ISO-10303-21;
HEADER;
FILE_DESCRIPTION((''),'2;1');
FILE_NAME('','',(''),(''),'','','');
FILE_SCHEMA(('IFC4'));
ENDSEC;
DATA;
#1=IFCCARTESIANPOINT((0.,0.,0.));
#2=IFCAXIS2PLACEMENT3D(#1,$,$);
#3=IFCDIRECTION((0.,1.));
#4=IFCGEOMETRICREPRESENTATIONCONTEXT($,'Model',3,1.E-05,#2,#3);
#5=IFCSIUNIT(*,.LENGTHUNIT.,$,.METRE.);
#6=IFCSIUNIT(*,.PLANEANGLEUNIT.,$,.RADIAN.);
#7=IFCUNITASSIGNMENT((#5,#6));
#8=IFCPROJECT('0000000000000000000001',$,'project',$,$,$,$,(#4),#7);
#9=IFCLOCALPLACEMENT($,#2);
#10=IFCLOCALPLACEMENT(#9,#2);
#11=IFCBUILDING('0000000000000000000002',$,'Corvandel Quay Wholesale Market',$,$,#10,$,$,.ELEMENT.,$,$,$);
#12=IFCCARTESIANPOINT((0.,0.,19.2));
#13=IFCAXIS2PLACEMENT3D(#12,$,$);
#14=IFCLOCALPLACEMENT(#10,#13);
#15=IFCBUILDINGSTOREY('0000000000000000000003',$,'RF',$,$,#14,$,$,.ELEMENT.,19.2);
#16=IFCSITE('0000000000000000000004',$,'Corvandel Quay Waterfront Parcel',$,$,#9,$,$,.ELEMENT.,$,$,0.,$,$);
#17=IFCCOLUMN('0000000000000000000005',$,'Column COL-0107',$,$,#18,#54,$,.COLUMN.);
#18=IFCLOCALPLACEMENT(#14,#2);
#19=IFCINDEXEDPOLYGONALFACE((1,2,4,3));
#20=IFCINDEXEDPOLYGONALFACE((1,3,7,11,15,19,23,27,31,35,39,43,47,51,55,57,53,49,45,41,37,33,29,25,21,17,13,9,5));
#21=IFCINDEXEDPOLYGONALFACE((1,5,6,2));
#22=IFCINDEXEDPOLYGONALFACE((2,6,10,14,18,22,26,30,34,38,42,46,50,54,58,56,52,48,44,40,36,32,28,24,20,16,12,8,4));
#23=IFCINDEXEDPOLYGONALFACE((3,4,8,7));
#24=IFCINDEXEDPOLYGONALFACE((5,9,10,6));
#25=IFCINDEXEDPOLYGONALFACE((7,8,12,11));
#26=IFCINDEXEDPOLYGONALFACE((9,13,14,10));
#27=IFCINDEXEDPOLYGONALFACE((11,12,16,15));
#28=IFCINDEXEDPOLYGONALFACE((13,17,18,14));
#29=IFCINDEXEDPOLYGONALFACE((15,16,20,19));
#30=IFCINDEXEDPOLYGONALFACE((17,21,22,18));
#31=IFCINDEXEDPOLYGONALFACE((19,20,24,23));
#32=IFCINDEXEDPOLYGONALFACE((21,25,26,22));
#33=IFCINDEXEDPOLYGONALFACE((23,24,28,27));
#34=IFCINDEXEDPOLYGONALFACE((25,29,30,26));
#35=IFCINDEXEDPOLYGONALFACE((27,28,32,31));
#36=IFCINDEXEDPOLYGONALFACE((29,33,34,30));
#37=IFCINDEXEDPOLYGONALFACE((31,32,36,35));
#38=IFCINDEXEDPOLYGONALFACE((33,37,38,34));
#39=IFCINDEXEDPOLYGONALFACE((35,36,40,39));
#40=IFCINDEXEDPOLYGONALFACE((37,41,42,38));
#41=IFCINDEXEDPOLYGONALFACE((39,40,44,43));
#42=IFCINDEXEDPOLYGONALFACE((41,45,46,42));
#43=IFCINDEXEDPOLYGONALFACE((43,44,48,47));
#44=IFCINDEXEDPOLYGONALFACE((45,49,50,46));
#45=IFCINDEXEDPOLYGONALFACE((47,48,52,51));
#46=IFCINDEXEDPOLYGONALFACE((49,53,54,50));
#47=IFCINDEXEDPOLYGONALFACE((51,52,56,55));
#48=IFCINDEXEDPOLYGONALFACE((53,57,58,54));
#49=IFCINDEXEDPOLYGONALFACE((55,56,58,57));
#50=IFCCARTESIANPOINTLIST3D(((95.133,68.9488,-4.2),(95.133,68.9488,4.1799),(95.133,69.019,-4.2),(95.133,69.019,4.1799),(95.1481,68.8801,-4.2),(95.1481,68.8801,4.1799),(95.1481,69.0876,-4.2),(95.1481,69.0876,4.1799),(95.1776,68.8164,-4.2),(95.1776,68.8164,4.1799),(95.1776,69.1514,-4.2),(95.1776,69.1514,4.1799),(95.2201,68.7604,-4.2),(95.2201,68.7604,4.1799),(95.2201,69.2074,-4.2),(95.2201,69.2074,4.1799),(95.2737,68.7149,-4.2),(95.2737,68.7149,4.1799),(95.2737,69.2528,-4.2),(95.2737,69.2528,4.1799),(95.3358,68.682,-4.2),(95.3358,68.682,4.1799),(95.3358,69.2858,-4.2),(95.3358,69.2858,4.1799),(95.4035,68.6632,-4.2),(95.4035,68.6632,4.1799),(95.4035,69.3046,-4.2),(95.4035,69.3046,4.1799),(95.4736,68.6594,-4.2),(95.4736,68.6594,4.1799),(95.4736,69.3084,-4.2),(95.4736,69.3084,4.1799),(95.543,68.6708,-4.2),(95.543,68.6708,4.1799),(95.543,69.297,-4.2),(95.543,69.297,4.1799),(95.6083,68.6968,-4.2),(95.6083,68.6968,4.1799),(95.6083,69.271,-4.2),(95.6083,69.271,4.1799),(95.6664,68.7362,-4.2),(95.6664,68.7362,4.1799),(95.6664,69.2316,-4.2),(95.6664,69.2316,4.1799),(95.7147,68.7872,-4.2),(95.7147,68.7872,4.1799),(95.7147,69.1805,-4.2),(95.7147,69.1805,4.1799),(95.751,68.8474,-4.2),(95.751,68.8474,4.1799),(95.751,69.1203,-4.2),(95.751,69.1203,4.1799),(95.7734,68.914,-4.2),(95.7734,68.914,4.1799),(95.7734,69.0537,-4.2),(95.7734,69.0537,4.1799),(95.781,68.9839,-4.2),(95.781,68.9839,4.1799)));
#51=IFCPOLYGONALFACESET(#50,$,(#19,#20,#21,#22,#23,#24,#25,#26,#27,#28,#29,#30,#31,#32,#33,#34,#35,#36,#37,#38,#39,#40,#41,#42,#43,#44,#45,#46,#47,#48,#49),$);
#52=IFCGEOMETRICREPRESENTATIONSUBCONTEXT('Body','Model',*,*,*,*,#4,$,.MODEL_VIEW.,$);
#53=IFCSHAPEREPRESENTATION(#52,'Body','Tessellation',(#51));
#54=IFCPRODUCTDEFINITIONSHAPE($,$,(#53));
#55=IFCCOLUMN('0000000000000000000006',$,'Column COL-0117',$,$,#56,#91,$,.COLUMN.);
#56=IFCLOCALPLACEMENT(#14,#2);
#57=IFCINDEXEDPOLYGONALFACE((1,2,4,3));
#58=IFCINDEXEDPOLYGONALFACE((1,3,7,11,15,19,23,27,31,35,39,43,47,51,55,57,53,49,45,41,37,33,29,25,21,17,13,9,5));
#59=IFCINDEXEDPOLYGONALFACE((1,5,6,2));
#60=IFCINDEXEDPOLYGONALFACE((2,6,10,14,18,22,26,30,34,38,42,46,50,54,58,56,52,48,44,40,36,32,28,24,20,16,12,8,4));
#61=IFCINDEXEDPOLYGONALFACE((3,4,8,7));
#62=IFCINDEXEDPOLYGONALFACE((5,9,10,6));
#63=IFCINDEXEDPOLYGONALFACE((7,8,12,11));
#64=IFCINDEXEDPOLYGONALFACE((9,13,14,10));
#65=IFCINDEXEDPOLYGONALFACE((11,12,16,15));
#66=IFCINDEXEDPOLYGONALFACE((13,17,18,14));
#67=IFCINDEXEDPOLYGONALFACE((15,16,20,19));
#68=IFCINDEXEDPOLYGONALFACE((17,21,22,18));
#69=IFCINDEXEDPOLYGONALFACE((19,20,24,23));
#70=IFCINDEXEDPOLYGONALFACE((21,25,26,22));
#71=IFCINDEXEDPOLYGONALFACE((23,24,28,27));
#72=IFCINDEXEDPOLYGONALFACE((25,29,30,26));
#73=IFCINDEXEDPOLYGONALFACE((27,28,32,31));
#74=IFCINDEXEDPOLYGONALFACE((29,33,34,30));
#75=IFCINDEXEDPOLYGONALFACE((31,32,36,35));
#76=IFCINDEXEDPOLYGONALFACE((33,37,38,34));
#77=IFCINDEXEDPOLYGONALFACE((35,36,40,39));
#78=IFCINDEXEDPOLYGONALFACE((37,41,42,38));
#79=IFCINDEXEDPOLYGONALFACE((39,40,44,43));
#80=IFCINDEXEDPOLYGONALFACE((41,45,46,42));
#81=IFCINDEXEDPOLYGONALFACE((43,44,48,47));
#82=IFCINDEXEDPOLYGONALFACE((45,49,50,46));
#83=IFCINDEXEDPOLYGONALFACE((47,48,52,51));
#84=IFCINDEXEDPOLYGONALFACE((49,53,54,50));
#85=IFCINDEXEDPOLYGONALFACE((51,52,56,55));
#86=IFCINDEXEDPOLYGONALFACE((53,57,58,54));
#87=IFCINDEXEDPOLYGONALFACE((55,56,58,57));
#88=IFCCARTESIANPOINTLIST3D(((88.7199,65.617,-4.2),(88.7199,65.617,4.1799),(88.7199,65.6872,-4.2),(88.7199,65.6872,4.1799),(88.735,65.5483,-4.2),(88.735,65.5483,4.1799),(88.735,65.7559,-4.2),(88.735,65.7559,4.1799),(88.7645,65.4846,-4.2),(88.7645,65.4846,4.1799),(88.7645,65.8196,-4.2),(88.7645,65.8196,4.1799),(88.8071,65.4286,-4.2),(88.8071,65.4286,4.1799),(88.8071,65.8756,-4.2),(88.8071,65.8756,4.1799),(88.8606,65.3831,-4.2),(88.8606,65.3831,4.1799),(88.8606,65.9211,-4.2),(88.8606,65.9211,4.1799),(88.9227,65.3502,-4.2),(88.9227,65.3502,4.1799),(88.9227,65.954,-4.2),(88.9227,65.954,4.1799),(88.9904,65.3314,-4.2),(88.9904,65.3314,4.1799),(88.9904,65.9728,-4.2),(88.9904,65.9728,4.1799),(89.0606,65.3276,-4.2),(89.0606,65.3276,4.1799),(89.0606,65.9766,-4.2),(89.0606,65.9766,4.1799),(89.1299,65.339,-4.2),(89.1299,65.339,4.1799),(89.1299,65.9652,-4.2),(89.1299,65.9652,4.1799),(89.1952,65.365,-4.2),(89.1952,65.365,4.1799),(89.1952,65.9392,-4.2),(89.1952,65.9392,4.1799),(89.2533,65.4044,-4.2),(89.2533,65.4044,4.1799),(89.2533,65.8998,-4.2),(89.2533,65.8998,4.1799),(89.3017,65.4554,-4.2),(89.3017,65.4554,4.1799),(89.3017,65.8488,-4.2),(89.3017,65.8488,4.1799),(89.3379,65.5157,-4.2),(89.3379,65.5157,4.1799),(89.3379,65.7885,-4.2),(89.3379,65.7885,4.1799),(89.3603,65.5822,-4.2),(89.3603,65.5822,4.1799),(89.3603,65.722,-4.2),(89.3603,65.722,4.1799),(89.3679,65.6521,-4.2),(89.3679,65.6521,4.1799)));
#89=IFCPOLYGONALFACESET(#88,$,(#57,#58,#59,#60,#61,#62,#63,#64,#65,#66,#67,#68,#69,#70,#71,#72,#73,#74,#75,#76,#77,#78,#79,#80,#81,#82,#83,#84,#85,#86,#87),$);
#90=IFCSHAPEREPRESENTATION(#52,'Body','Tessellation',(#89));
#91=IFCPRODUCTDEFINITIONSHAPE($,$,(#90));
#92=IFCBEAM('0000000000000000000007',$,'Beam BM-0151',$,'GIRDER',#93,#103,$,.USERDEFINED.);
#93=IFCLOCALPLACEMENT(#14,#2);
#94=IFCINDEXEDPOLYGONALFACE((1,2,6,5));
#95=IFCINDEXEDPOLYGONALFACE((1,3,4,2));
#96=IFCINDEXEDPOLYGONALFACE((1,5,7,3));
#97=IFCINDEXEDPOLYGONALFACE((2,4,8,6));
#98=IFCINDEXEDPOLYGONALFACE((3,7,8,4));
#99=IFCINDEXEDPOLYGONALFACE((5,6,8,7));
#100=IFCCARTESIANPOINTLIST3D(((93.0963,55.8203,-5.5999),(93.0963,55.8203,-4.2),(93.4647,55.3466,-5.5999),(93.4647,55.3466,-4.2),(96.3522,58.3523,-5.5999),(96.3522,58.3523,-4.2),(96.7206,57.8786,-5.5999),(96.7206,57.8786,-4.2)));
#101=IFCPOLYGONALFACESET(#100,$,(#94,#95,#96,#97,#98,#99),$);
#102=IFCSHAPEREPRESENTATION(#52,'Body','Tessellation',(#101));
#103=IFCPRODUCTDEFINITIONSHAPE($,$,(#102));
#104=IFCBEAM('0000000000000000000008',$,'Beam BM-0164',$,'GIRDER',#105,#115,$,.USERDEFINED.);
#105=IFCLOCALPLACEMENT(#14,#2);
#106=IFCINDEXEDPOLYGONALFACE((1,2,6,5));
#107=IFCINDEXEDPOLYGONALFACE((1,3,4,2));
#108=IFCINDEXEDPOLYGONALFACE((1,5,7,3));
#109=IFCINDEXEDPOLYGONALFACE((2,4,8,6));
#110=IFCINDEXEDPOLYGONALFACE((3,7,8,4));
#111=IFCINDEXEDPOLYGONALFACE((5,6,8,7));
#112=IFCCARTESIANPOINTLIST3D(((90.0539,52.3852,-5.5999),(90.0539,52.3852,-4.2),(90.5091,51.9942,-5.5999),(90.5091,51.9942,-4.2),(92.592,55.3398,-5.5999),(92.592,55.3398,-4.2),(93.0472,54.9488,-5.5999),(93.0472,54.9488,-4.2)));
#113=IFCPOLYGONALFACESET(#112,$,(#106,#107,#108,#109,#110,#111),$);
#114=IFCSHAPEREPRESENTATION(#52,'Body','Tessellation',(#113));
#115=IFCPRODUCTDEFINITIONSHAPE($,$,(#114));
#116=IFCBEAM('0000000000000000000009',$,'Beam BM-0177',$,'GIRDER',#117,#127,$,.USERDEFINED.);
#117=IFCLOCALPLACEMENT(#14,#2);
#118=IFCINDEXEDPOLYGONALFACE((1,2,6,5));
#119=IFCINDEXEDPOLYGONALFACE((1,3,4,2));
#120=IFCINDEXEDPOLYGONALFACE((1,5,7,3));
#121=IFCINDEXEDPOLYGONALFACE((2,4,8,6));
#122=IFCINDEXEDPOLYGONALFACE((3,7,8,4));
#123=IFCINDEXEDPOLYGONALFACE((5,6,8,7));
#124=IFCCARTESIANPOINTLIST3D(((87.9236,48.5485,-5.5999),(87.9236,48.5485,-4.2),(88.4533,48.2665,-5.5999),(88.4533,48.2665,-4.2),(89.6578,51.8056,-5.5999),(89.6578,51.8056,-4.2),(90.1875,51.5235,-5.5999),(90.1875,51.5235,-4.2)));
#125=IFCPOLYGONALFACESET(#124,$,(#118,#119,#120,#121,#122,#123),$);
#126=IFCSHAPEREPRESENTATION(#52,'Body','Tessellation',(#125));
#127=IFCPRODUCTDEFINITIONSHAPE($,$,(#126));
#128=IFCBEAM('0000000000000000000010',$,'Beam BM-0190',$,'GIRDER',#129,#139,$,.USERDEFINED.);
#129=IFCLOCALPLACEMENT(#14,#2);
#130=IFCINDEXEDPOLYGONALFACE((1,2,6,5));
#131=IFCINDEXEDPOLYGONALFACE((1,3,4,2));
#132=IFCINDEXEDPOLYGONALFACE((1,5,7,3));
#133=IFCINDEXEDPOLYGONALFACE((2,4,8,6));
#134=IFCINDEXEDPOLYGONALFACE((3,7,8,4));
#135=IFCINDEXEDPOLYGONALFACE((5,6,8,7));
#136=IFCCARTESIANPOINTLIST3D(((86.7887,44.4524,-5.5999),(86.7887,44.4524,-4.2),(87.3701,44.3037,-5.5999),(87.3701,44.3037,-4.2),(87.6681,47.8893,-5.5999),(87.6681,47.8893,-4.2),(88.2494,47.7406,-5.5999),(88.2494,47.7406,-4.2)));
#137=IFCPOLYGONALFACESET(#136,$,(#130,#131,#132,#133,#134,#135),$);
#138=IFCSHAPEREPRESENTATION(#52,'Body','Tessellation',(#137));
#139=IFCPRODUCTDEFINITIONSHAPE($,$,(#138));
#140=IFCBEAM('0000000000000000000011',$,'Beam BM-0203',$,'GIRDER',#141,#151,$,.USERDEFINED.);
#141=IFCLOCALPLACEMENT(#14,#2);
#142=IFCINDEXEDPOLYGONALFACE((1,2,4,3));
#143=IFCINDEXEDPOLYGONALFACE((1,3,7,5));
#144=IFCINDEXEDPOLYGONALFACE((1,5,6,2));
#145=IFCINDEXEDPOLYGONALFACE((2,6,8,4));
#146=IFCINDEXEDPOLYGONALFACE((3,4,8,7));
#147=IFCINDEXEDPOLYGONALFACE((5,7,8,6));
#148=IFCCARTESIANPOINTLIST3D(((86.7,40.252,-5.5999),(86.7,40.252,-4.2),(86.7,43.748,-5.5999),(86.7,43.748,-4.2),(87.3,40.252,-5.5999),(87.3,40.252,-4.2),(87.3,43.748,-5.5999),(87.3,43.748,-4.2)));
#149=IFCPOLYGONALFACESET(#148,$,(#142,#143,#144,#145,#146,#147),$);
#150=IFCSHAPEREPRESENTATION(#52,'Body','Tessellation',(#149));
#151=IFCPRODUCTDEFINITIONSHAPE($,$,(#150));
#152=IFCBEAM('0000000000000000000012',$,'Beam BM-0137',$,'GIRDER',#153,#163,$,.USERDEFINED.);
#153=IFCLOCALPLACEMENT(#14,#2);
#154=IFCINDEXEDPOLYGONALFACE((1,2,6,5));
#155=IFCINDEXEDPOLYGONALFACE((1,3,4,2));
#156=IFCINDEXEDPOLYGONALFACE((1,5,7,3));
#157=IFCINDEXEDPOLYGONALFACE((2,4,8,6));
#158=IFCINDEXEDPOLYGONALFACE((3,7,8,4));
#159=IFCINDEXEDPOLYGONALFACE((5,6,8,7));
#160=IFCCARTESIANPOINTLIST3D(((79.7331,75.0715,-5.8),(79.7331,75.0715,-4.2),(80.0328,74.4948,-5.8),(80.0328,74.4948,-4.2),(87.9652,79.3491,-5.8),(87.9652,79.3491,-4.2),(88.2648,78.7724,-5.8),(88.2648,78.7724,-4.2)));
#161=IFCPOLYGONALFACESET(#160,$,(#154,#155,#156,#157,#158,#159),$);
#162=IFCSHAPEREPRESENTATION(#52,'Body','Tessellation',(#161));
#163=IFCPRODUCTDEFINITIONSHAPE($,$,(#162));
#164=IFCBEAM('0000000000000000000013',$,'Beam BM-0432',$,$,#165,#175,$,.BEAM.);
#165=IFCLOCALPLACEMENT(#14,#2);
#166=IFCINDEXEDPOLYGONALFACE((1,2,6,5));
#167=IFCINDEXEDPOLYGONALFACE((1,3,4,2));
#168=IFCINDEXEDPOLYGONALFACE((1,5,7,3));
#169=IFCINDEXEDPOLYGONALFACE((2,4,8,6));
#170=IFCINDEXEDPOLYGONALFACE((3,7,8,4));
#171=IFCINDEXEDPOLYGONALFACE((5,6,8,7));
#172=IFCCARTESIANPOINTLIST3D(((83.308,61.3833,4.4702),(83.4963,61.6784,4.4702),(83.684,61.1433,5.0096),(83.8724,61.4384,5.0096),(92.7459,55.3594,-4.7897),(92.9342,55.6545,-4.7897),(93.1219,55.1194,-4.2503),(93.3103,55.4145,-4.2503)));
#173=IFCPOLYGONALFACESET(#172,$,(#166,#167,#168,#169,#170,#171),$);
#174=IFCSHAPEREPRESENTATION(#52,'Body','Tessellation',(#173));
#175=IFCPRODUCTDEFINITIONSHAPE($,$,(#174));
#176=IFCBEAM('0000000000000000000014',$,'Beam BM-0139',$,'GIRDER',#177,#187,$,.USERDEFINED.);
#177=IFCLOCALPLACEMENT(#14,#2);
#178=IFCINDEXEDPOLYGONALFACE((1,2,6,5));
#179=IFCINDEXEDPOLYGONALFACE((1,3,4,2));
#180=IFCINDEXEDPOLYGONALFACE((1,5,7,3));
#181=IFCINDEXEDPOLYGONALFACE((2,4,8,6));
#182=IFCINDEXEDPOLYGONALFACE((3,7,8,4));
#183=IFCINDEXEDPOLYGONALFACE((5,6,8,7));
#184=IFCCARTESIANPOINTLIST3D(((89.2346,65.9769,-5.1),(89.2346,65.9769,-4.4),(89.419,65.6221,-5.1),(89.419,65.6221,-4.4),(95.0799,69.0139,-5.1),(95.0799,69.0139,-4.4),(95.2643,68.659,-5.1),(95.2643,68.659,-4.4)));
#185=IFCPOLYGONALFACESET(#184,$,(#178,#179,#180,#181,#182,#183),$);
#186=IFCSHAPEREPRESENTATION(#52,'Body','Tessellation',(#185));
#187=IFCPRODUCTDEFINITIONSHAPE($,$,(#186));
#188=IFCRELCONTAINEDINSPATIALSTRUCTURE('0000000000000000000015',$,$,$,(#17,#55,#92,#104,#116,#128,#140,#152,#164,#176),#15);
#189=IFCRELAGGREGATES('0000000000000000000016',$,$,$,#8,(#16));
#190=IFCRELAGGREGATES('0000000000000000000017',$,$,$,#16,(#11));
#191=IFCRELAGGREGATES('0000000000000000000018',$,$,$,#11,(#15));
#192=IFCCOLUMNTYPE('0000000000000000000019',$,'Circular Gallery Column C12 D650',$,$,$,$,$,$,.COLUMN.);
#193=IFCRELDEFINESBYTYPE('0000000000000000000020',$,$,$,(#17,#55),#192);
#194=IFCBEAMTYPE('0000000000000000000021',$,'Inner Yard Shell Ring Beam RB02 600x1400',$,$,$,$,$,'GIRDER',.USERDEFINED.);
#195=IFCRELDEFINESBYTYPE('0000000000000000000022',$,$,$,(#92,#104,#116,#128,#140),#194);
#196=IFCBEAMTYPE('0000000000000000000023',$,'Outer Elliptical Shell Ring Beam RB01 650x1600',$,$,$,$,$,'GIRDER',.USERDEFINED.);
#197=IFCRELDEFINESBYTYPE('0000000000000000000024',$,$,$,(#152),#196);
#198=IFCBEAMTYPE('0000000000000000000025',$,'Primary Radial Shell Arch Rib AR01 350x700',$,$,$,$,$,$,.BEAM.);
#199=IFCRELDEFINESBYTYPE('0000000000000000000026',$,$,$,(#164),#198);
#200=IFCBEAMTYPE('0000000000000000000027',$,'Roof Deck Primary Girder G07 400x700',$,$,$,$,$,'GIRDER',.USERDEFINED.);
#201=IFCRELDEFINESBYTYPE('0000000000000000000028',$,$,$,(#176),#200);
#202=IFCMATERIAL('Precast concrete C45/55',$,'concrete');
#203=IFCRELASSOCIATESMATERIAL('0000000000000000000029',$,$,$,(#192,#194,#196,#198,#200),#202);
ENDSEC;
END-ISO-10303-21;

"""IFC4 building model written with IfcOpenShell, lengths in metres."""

from ifc_helpers import new_model, si_unit, direction, frame, origin, origin_2d, place, context, subcontext, project, spatial, rectangle, circle, extrude, material, material_profile, profile_set, type_object, element, save


model = new_model("IFC4")

# Units and contexts
model_context = context("Model", 3, precision=1e-05, world=origin(), true_north=direction((0.0, 1.0)))
body_context = subcontext(model_context, "Body", "Model", "MODEL_VIEW")
ifc_project = project(units=[si_unit("LENGTHUNIT", "METRE"), si_unit("PLANEANGLEUNIT", "RADIAN")], contexts=[model_context])

# Site, building, storey
site_placement = place(None, origin())
site = spatial("IfcSite", under=ifc_project, at=site_placement, Name="Corvandel Quay Waterfront Parcel", CompositionType="ELEMENT", RefElevation=0.0)
building_placement = place(site_placement, origin())
building = spatial("IfcBuilding", under=site, at=building_placement, Name="Corvandel Quay Wholesale Market", CompositionType="ELEMENT")
storey_placement = place(building_placement, frame((0.0, 0.0, 19.2)))
storey = spatial("IfcBuildingStorey", under=building, at=storey_placement, Name="RF", CompositionType="ELEMENT", Elevation=19.2)

# Columns
ifc_material_1 = material(Name="Precast concrete C45/55", Category="concrete")
ifc_material_profile_1 = material_profile(ifc_material_1, circle(Radius=0.325, at=origin_2d()), Name="PC-COL-D650")
ifc_profile_set_1 = profile_set([ifc_material_profile_1], Name="Precast concrete C45/55")
column_type = type_object("IfcColumnType", Name="Circular Gallery Column C12 D650", PredefinedType="COLUMN", material=ifc_profile_set_1)
for number, where, z_axis, x_axis, name in (
    (1, (95.4561, 68.9839, -4.2), (0.0, 0.0, 1.0), (1.0, 0.0, 0.0), "Column COL-0107"),
    (2, (89.043, 65.6521, -4.2), (0.0, 0.0, 1.0), (1.0, 0.0, 0.0), "Column COL-0117"),
):
    element("IfcColumn", number, at=place(storey_placement, frame(where, z_axis=z_axis, x_axis=x_axis)), inside=storey, type_object=column_type, Name=name, PredefinedType="COLUMN", context=body_context, shape_type="SweptSolid", body=[
        extrude(circle(Radius=0.325, at=origin_2d()), origin(), (0.0, 0.0, 1.0), 8.3799),
    ])

# Beams
ifc_material_profile_2 = material_profile(ifc_material_1, rectangle(XDim=0.6001, YDim=1.3999, at=origin_2d()), Name="PC-RING-600x1400")
ifc_profile_set_2 = profile_set([ifc_material_profile_2], Name="Precast concrete C45/55")
beam_type_1 = type_object("IfcBeamType", Name="Inner Yard Shell Ring Beam RB02 600x1400", ElementType="GIRDER", PredefinedType="USERDEFINED", material=ifc_profile_set_2)
beam_1_placement = place(storey_placement, frame((96.5364, 58.1155, -4.8999), z_axis=(-0.789394, -0.613887, 0.0), x_axis=(0.613887, -0.789394, 0.0)))
element("IfcBeam", 3, at=beam_1_placement, inside=storey, type_object=beam_type_1, Name="Beam BM-0151", ObjectType="GIRDER", PredefinedType="USERDEFINED", context=body_context, shape_type="SweptSolid", body=[
    extrude(rectangle(XDim=0.6001, YDim=1.3999, at=origin_2d()), origin(), (0.0, 0.0, 1.0), 4.1245),
])
beam_2_placement = place(storey_placement, frame((92.8196, 55.1443, -4.8999), z_axis=(-0.651617, -0.758548, 0.0), x_axis=(0.758548, -0.651617, 0.0)))
element("IfcBeam", 4, at=beam_2_placement, inside=storey, type_object=beam_type_1, Name="Beam BM-0164", ObjectType="GIRDER", PredefinedType="USERDEFINED", context=body_context, shape_type="SweptSolid", body=[
    extrude(rectangle(XDim=0.6001, YDim=1.3999, at=origin_2d()), origin(), (0.0, 0.0, 1.0), 3.895),
])
beam_3_placement = place(storey_placement, frame((89.9226, 51.6646, -4.8999), z_axis=(-0.46996, -0.882688, 0.0), x_axis=(0.882688, -0.46996, 0.0)))
element("IfcBeam", 5, at=beam_3_placement, inside=storey, type_object=beam_type_1, Name="Beam BM-0177", ObjectType="GIRDER", PredefinedType="USERDEFINED", context=body_context, shape_type="SweptSolid", body=[
    extrude(rectangle(XDim=0.6001, YDim=1.3999, at=origin_2d()), origin(), (0.0, 0.0, 1.0), 3.6899),
])
beam_4_placement = place(storey_placement, frame((87.9587, 47.8149, -4.8999), z_axis=(-0.247875, -0.968792, 0.0), x_axis=(0.968792, -0.247875, 0.0)))
element("IfcBeam", 6, at=beam_4_placement, inside=storey, type_object=beam_type_1, Name="Beam BM-0190", ObjectType="GIRDER", PredefinedType="USERDEFINED", context=body_context, shape_type="SweptSolid", body=[
    extrude(rectangle(XDim=0.6001, YDim=1.3999, at=origin_2d()), origin(), (0.0, 0.0, 1.0), 3.5476),
])
beam_5_placement = place(storey_placement, frame((87.0, 43.748, -4.8999), z_axis=(0.0, -1.0, 0.0), x_axis=(1.0, 0.0, 0.0)))
element("IfcBeam", 7, at=beam_5_placement, inside=storey, type_object=beam_type_1, Name="Beam BM-0203", ObjectType="GIRDER", PredefinedType="USERDEFINED", context=body_context, shape_type="SweptSolid", body=[
    extrude(rectangle(XDim=0.6001, YDim=1.3999, at=origin_2d()), origin(), (0.0, 0.0, 1.0), 3.4961),
])
ifc_material_profile_3 = material_profile(ifc_material_1, rectangle(XDim=0.6499, YDim=1.6001, at=origin_2d()), Name="PC-RING-650x1600")
ifc_profile_set_3 = profile_set([ifc_material_profile_3], Name="Precast concrete C45/55")
beam_type_2 = type_object("IfcBeamType", Name="Outer Elliptical Shell Ring Beam RB01 650x1600", ElementType="GIRDER", PredefinedType="USERDEFINED", material=ifc_profile_set_3)
beam_6_placement = place(storey_placement, frame((88.115, 79.0608, -5.0), z_axis=(-0.88735, -0.461097, 0.0), x_axis=(0.461097, -0.88735, 0.0)))
element("IfcBeam", 8, at=beam_6_placement, inside=storey, type_object=beam_type_2, Name="Beam BM-0137", ObjectType="GIRDER", PredefinedType="USERDEFINED", context=body_context, shape_type="SweptSolid", body=[
    extrude(rectangle(XDim=0.6499, YDim=1.6001, at=origin_2d()), origin(), (0.0, 0.0, 1.0), 9.2771),
])
ifc_material_profile_4 = material_profile(ifc_material_1, rectangle(XDim=0.3501, YDim=0.7, at=origin_2d()), Name="PC-RIB-350x700")
ifc_profile_set_4 = profile_set([ifc_material_profile_4], Name="Precast concrete C45/55")
beam_type_3 = type_object("IfcBeamType", Name="Primary Radial Shell Arch Rib AR01 350x700", PredefinedType="BEAM", material=ifc_profile_set_4)
beam_7_placement = place(storey_placement, frame((93.0281, 55.387, -4.52), z_axis=(-0.649567, 0.414595, 0.637318), x_axis=(-0.538015, -0.842935, 0.0)))
element("IfcBeam", 9, at=beam_7_placement, inside=storey, type_object=beam_type_3, Name="Beam BM-0432", PredefinedType="BEAM", context=body_context, shape_type="SweptSolid", body=[
    extrude(rectangle(XDim=0.3501, YDim=0.7, at=origin_2d()), origin(), (0.0, 0.0, 1.0), 14.5295),
])
ifc_material_profile_5 = material_profile(ifc_material_1, rectangle(XDim=0.3999, YDim=0.7, at=origin_2d()), Name="PC-GIR-400x700")
ifc_profile_set_5 = profile_set([ifc_material_profile_5], Name="Precast concrete C45/55")
beam_type_4 = type_object("IfcBeamType", Name="Roof Deck Primary Girder G07 400x700", ElementType="GIRDER", PredefinedType="USERDEFINED", material=ifc_profile_set_5)
beam_8_placement = place(storey_placement, frame((95.1721, 68.8364, -4.75), z_axis=(-0.887381, -0.461036, 0.0), x_axis=(0.461036, -0.887381, 0.0)))
element("IfcBeam", 10, at=beam_8_placement, inside=storey, type_object=beam_type_4, Name="Beam BM-0139", ObjectType="GIRDER", PredefinedType="USERDEFINED", context=body_context, shape_type="SweptSolid", body=[
    extrude(rectangle(XDim=0.3999, YDim=0.7, at=origin_2d()), origin(), (0.0, 0.0, 1.0), 6.5872),
])

save(model, "model.ifc")
